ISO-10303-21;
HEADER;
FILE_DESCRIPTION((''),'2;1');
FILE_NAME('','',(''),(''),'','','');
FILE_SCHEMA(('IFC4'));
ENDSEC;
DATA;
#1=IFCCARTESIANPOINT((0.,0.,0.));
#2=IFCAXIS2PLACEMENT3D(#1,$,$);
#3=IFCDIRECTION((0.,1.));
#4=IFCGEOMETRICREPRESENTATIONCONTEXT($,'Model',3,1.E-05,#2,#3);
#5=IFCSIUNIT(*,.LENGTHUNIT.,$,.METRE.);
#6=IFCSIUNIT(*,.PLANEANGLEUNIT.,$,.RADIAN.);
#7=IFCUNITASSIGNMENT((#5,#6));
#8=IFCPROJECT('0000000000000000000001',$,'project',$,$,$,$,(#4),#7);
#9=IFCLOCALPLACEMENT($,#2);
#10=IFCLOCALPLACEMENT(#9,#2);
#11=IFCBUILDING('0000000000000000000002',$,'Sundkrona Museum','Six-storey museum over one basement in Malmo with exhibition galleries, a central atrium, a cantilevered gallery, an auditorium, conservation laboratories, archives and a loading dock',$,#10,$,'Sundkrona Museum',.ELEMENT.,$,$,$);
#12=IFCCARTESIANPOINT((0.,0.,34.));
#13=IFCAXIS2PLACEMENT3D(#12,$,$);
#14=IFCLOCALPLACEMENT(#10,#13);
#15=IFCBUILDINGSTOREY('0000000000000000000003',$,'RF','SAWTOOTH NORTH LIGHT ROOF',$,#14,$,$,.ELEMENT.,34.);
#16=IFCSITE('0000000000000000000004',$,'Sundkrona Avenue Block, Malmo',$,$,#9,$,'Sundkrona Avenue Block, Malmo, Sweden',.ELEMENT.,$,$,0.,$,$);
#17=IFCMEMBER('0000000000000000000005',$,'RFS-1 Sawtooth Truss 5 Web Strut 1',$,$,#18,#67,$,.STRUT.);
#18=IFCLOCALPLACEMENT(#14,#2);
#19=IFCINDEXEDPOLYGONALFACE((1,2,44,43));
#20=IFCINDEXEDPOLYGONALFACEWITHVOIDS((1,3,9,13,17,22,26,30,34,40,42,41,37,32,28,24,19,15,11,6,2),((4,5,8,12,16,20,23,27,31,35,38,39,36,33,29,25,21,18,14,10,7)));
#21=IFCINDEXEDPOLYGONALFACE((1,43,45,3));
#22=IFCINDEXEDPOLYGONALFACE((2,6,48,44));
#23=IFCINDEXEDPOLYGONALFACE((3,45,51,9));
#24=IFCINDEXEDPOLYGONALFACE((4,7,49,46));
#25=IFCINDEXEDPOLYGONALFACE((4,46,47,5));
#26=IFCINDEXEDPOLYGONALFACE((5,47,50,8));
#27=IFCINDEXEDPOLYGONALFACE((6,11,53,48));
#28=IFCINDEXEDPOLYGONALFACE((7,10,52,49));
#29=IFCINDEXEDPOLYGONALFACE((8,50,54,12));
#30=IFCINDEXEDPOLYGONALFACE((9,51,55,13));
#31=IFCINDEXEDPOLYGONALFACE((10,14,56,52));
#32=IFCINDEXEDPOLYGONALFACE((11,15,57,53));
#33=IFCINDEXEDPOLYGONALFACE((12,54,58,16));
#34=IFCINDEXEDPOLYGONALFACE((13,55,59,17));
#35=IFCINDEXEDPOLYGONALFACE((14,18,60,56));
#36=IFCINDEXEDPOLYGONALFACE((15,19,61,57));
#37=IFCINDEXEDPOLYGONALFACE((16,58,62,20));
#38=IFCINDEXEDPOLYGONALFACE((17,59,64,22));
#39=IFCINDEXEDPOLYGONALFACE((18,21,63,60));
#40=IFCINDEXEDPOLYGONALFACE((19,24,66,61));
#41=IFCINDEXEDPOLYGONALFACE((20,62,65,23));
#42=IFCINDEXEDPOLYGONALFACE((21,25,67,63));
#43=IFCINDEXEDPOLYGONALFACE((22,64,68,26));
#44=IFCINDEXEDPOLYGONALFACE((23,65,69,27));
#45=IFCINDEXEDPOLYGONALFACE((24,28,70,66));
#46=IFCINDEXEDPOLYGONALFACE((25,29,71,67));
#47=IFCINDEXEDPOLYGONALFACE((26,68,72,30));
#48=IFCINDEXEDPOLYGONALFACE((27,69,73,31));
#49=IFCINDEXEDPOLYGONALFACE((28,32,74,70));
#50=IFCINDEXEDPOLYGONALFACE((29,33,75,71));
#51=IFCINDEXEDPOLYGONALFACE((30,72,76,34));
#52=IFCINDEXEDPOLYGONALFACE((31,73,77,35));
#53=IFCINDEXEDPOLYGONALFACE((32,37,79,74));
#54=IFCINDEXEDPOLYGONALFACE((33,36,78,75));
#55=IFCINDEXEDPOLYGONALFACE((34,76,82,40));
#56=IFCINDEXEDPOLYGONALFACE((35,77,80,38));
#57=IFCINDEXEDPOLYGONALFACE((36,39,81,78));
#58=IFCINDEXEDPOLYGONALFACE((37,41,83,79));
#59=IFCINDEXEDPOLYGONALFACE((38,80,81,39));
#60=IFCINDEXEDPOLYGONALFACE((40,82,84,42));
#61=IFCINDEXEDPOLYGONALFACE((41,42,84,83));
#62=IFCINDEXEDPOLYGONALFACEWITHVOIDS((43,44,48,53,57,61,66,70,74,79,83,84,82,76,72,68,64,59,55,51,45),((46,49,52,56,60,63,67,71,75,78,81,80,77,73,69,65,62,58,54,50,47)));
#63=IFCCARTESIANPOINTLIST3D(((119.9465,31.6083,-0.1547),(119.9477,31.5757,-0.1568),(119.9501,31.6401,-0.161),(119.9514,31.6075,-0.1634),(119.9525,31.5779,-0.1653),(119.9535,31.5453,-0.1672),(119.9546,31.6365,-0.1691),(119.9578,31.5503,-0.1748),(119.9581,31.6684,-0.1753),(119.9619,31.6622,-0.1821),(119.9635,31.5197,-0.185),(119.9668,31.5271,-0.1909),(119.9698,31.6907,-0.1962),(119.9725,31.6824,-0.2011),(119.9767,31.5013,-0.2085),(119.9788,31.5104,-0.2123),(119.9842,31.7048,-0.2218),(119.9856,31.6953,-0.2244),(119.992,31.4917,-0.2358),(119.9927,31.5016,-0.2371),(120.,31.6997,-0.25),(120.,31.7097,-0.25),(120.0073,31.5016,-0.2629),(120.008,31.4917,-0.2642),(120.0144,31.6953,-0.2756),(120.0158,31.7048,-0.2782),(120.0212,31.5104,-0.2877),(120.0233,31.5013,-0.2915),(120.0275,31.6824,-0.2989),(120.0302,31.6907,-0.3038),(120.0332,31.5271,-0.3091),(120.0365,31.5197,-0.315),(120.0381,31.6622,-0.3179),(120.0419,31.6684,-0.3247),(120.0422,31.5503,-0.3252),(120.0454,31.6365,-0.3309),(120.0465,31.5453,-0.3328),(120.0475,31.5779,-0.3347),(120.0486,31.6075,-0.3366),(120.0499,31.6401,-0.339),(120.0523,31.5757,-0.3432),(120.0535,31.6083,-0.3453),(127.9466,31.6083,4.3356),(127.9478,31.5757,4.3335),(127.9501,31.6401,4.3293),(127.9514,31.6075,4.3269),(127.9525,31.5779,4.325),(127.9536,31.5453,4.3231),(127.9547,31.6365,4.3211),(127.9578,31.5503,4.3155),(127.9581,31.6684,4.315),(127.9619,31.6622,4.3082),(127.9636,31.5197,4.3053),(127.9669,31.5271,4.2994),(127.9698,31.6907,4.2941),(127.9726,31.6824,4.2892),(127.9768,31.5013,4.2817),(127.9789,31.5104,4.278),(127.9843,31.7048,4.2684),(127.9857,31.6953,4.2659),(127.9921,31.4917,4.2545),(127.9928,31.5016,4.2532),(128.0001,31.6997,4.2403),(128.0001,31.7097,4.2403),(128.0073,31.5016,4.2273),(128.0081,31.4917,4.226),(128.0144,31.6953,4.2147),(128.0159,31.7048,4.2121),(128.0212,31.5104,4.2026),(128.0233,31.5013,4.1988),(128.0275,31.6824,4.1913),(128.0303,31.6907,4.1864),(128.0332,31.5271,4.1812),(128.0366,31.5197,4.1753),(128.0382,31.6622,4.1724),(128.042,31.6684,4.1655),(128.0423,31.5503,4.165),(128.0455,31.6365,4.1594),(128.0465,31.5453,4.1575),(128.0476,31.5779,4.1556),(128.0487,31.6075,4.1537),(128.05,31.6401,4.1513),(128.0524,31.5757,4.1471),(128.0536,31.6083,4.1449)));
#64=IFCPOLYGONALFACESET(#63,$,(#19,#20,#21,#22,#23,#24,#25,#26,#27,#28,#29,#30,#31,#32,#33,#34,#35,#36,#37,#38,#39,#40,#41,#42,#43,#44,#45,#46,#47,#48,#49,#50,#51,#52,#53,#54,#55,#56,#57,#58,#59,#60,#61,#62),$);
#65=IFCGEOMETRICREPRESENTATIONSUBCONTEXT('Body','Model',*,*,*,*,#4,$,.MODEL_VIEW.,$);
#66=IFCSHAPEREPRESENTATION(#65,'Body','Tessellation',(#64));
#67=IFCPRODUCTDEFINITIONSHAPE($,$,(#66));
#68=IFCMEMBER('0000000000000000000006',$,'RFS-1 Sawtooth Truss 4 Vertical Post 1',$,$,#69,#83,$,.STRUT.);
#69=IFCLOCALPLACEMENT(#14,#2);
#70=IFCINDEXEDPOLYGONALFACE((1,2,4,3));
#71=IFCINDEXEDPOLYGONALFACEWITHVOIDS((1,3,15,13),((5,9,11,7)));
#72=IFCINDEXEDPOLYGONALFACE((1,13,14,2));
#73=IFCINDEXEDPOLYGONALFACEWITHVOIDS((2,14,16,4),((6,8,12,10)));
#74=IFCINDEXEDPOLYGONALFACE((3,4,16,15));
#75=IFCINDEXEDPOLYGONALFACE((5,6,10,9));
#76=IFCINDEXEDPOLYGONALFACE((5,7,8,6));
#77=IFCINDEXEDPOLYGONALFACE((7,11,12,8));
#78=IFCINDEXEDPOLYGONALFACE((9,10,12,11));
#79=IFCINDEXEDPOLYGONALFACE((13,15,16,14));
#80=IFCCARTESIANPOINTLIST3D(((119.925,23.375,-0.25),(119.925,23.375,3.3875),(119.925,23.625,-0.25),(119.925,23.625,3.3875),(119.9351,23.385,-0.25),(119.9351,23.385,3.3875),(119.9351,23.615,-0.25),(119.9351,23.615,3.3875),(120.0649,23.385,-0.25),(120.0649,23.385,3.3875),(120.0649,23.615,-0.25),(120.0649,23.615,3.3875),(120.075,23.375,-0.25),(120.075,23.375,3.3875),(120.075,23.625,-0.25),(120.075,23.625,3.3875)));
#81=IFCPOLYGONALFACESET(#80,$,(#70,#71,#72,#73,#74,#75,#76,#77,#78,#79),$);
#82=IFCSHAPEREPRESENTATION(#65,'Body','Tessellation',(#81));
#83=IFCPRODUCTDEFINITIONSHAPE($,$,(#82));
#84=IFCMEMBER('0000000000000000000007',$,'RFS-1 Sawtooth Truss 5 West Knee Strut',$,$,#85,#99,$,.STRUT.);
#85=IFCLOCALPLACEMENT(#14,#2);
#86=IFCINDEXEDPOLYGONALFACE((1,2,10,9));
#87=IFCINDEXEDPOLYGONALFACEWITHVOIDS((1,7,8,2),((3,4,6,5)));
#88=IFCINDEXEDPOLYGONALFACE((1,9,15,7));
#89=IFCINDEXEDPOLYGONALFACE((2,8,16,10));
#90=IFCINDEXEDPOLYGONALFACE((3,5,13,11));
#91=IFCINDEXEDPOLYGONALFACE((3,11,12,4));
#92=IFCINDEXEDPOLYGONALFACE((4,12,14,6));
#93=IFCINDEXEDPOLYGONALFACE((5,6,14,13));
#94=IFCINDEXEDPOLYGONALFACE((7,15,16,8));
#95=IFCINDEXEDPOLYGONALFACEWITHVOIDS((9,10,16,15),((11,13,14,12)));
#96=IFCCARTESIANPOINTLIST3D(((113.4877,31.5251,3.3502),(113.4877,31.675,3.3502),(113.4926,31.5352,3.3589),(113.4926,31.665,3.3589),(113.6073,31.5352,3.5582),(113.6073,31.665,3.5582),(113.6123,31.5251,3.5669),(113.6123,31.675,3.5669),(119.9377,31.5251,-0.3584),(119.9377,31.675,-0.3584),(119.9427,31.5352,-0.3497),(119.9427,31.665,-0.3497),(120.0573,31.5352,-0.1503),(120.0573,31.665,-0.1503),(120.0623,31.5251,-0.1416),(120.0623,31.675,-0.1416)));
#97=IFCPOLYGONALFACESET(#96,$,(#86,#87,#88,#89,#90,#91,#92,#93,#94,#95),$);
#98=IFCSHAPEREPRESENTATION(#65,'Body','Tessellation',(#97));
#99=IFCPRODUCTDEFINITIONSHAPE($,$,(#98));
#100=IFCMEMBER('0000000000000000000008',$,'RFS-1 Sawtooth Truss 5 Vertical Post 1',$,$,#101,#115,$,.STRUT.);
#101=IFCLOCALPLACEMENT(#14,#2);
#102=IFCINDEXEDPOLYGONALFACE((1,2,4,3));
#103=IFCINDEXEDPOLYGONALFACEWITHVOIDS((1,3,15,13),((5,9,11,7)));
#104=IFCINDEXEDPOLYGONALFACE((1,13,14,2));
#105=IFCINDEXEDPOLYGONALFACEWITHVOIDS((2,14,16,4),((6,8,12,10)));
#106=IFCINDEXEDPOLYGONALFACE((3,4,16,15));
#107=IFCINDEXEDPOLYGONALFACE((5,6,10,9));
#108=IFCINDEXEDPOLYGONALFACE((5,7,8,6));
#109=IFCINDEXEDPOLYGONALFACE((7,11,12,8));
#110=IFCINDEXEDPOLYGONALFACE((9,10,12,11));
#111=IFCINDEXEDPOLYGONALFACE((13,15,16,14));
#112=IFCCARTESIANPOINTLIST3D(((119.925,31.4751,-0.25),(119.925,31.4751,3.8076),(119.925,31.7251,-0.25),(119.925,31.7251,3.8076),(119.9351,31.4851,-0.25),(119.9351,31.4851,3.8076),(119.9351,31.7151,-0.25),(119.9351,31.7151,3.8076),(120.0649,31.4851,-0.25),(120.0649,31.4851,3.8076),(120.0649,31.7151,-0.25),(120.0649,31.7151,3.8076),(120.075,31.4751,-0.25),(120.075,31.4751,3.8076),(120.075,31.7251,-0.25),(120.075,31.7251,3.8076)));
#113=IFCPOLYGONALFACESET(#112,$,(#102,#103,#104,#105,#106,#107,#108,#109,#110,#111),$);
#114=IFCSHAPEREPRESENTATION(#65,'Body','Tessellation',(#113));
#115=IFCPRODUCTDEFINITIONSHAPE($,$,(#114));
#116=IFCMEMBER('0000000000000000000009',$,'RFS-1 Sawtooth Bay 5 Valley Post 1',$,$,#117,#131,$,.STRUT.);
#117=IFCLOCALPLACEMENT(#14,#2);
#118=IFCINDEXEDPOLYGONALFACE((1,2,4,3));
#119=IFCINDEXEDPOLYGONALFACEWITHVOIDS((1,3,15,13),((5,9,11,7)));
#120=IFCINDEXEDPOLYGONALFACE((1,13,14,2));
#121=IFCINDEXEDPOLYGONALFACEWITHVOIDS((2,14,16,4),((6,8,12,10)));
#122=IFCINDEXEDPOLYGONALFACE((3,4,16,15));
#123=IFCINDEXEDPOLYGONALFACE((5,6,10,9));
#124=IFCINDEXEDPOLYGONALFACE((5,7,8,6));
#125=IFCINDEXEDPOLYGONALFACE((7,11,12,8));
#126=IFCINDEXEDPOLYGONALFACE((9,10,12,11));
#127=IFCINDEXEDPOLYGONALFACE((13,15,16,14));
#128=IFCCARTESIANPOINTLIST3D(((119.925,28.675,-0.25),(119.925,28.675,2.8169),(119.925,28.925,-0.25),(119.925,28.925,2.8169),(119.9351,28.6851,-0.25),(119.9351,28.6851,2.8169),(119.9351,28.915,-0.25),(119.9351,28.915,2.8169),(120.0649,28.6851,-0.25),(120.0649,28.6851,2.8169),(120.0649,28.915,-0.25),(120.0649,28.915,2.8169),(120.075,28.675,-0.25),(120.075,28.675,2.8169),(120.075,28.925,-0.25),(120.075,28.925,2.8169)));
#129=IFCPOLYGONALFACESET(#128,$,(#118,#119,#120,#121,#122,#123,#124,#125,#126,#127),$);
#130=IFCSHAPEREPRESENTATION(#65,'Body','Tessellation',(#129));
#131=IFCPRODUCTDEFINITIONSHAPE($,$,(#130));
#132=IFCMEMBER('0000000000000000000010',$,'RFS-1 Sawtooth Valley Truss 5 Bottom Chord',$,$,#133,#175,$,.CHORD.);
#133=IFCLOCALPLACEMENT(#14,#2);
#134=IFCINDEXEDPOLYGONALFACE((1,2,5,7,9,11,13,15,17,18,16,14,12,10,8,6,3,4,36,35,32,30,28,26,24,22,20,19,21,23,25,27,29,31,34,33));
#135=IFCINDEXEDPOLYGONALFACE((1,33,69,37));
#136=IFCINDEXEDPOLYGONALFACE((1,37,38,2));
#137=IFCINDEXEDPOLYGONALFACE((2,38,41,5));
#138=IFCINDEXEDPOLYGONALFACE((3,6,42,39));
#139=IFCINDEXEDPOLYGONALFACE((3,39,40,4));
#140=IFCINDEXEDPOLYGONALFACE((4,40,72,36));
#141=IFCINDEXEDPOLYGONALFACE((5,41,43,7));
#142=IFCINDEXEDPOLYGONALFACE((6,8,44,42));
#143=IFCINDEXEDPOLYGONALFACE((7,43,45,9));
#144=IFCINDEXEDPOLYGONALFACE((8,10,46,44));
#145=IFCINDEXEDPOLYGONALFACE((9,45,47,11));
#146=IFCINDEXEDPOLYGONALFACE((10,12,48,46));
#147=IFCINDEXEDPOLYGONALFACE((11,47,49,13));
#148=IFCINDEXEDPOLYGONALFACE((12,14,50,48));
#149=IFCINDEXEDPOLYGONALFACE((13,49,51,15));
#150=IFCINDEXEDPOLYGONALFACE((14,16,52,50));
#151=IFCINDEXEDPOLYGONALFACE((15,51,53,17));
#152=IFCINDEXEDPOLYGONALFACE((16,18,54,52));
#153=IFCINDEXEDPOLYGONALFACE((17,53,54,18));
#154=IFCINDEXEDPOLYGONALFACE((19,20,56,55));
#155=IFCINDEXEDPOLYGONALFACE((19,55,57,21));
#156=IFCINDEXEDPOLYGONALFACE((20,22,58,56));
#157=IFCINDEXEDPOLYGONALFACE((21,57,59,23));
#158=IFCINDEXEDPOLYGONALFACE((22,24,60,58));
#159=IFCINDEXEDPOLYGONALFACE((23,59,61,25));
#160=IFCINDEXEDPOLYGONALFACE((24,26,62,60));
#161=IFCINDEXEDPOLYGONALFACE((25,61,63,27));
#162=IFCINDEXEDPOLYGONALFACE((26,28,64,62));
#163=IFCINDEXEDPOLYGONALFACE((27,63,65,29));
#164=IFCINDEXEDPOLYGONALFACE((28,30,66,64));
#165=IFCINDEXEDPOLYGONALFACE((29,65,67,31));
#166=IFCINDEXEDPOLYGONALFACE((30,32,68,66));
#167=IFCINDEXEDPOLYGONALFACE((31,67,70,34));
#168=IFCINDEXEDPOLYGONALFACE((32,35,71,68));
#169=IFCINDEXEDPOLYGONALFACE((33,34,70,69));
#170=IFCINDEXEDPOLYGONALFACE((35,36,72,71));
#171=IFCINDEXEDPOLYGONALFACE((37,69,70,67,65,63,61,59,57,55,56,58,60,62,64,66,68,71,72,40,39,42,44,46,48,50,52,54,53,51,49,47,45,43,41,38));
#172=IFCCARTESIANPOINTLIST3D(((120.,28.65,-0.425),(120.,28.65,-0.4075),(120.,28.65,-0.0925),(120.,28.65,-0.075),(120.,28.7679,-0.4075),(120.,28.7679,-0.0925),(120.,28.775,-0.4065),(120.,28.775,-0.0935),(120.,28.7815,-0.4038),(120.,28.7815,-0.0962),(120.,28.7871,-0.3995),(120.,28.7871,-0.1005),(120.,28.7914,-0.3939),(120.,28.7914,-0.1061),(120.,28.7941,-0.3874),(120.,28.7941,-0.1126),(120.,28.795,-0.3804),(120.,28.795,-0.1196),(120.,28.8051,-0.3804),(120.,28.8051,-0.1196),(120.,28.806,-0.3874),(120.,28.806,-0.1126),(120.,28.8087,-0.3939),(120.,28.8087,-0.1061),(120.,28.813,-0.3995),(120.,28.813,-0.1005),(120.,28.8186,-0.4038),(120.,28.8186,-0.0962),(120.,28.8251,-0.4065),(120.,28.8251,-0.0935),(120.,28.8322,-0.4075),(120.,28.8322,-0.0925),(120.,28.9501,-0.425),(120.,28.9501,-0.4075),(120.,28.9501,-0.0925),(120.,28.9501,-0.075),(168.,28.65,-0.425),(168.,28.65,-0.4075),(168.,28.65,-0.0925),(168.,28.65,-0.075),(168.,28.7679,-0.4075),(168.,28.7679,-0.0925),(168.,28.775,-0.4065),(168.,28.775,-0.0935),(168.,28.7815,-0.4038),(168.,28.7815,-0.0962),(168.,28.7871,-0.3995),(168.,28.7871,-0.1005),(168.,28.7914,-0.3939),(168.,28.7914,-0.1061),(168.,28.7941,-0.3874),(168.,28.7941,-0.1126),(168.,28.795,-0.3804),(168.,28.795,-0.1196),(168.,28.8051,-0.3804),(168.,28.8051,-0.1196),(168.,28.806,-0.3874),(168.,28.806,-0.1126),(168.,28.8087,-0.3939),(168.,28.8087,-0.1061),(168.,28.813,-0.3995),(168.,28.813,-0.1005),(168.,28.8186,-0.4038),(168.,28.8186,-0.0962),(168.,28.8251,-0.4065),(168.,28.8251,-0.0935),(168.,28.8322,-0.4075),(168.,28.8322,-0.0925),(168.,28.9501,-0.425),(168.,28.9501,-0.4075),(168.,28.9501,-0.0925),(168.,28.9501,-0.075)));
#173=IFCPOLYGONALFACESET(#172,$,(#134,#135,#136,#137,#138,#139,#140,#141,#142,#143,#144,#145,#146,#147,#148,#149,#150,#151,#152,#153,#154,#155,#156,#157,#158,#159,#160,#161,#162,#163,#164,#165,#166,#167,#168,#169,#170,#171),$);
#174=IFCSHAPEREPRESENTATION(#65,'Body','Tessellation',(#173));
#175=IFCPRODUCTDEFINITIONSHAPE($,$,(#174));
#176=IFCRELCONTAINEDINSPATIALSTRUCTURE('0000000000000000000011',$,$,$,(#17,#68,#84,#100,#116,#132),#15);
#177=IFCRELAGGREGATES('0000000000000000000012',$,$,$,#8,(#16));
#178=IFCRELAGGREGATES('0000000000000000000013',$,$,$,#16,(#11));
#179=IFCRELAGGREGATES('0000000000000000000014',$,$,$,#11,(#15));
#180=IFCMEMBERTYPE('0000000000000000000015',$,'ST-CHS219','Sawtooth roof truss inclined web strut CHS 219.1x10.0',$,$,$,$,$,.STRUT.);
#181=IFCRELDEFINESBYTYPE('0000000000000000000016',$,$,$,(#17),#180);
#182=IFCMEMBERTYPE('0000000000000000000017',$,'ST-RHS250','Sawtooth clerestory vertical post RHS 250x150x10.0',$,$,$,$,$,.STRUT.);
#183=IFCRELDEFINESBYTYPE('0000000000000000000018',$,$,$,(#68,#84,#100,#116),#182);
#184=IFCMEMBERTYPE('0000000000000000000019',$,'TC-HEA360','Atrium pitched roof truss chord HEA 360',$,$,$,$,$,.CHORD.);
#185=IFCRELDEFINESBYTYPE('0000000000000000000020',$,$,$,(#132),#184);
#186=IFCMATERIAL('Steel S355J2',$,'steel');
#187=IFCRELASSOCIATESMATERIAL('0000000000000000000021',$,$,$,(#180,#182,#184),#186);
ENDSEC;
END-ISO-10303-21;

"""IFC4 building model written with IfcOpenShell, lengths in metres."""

from ifc_helpers import new_model, si_unit, direction, frame, origin, origin_2d, place, context, subcontext, project, spatial, hollow_rectangle, hollow_circle, i_section, extrude, material, material_profile, profile_set, type_object, element, save


model = new_model("IFC4")

# Units and contexts
model_context = context("Model", 3, precision=1e-05, world=origin(), true_north=direction((0.0, 1.0)))
body_context = subcontext(model_context, "Body", "Model", "MODEL_VIEW")
ifc_project = project(units=[si_unit("LENGTHUNIT", "METRE"), si_unit("PLANEANGLEUNIT", "RADIAN")], contexts=[model_context])

# Site, building, storey
site_placement = place(None, origin())
site = spatial("IfcSite", under=ifc_project, at=site_placement, Name="Sundkrona Avenue Block, Malmo", LongName="Sundkrona Avenue Block, Malmo, Sweden", CompositionType="ELEMENT", RefElevation=0.0)
building_placement = place(site_placement, origin())
building = spatial("IfcBuilding", under=site, at=building_placement, Name="Sundkrona Museum", Description="Six-storey museum over one basement in Malmo with exhibition galleries, a central atrium, a cantilevered gallery, an auditorium, conservation laboratories, archives and a loading dock", LongName="Sundkrona Museum", CompositionType="ELEMENT")
storey_placement = place(building_placement, frame((0.0, 0.0, 34.0)))
storey = spatial("IfcBuildingStorey", under=building, at=storey_placement, Name="RF", Description="SAWTOOTH NORTH LIGHT ROOF", CompositionType="ELEMENT", Elevation=34.0)

# Members
ifc_material_1 = material(Name="Steel S355J2", Category="steel")
ifc_material_profile_1 = material_profile(ifc_material_1, hollow_circle(Radius=0.1096, WallThickness=0.01, at=origin_2d()), Name="CHS 219.1x10.0")
ifc_profile_set_1 = profile_set([ifc_material_profile_1], Name="Steel S355J2")
member_type_1 = type_object("IfcMemberType", Name="ST-CHS219", Description="Sawtooth roof truss inclined web strut CHS 219.1x10.0", PredefinedType="STRUT", material=ifc_profile_set_1)
member_1_placement = place(storey_placement, frame((120.0, 31.6001, -0.25), z_axis=(0.87203, 0.0, 0.489452), x_axis=(0.0, 1.0, 0.0)))
element("IfcMember", 1, at=member_1_placement, inside=storey, type_object=member_type_1, Name="RFS-1 Sawtooth Truss 5 Web Strut 1", PredefinedType="STRUT", context=body_context, shape_type="SweptSolid", body=[
    extrude(hollow_circle(Radius=0.1096, WallThickness=0.01, at=origin_2d()), origin(), (0.0, 0.0, 1.0), 9.1741),
])
ifc_material_profile_2 = material_profile(ifc_material_1, hollow_rectangle(XDim=0.1499, YDim=0.25, WallThickness=0.01, at=origin_2d()), Name="RHS 250x150x10.0")
ifc_profile_set_2 = profile_set([ifc_material_profile_2], Name="Steel S355J2")
member_type_2 = type_object("IfcMemberType", Name="ST-RHS250", Description="Sawtooth clerestory vertical post RHS 250x150x10.0", PredefinedType="STRUT", material=ifc_profile_set_2)
member_2_placement = place(storey_placement, frame((120.0, 23.5, -0.25), z_axis=(0.0, 0.0, 1.0), x_axis=(1.0, 0.0, 0.0)))
element("IfcMember", 2, at=member_2_placement, inside=storey, type_object=member_type_2, Name="RFS-1 Sawtooth Truss 4 Vertical Post 1", PredefinedType="STRUT", context=body_context, shape_type="SweptSolid", body=[
    extrude(hollow_rectangle(XDim=0.1499, YDim=0.25, WallThickness=0.01, at=origin_2d()), origin(), (0.0, 0.0, 1.0), 3.6375),
])
member_3_placement = place(storey_placement, frame((120.0, 31.6001, -0.25), z_axis=(-0.866919, 0.0, 0.498448), x_axis=(0.0, -1.0, 0.0)))
element("IfcMember", 3, at=member_3_placement, inside=storey, type_object=member_type_2, Name="RFS-1 Sawtooth Truss 5 West Knee Strut", PredefinedType="STRUT", context=body_context, shape_type="SweptSolid", body=[
    extrude(hollow_rectangle(XDim=0.1499, YDim=0.25, WallThickness=0.01, at=origin_2d()), origin(), (0.0, 0.0, 1.0), 7.4402),
])
member_4_placement = place(storey_placement, frame((120.0, 31.6001, -0.25), z_axis=(0.0, 0.0, 1.0), x_axis=(1.0, 0.0, 0.0)))
element("IfcMember", 4, at=member_4_placement, inside=storey, type_object=member_type_2, Name="RFS-1 Sawtooth Truss 5 Vertical Post 1", PredefinedType="STRUT", context=body_context, shape_type="SweptSolid", body=[
    extrude(hollow_rectangle(XDim=0.1499, YDim=0.25, WallThickness=0.01, at=origin_2d()), origin(), (0.0, 0.0, 1.0), 4.0576),
])
member_5_placement = place(storey_placement, frame((120.0, 28.8, -0.25), z_axis=(0.0, 0.0, 1.0), x_axis=(1.0, 0.0, 0.0)))
element("IfcMember", 5, at=member_5_placement, inside=storey, type_object=member_type_2, Name="RFS-1 Sawtooth Bay 5 Valley Post 1", PredefinedType="STRUT", context=body_context, shape_type="SweptSolid", body=[
    extrude(hollow_rectangle(XDim=0.1499, YDim=0.25, WallThickness=0.01, at=origin_2d()), origin(), (0.0, 0.0, 1.0), 3.0669),
])
ifc_material_profile_3 = material_profile(ifc_material_1, i_section(OverallWidth=0.3, OverallDepth=0.3501, WebThickness=0.01, FlangeThickness=0.0176, FilletRadius=0.0271, at=origin_2d()), Name="HEA 360")
ifc_profile_set_3 = profile_set([ifc_material_profile_3], Name="Steel S355J2")
member_type_3 = type_object("IfcMemberType", Name="TC-HEA360", Description="Atrium pitched roof truss chord HEA 360", PredefinedType="CHORD", material=ifc_profile_set_3)
member_6_placement = place(storey_placement, frame((120.0, 28.8, -0.25), z_axis=(1.0, 0.0, 0.0), x_axis=(0.0, 1.0, 0.0)))
element("IfcMember", 6, at=member_6_placement, inside=storey, type_object=member_type_3, Name="RFS-1 Sawtooth Valley Truss 5 Bottom Chord", PredefinedType="CHORD", context=body_context, shape_type="SweptSolid", body=[
    extrude(i_section(OverallWidth=0.3, OverallDepth=0.3501, WebThickness=0.01, FlangeThickness=0.0176, FilletRadius=0.0271, at=origin_2d()), origin(), (0.0, 0.0, 1.0), 48.0),
])

save(model, "model.ifc")
